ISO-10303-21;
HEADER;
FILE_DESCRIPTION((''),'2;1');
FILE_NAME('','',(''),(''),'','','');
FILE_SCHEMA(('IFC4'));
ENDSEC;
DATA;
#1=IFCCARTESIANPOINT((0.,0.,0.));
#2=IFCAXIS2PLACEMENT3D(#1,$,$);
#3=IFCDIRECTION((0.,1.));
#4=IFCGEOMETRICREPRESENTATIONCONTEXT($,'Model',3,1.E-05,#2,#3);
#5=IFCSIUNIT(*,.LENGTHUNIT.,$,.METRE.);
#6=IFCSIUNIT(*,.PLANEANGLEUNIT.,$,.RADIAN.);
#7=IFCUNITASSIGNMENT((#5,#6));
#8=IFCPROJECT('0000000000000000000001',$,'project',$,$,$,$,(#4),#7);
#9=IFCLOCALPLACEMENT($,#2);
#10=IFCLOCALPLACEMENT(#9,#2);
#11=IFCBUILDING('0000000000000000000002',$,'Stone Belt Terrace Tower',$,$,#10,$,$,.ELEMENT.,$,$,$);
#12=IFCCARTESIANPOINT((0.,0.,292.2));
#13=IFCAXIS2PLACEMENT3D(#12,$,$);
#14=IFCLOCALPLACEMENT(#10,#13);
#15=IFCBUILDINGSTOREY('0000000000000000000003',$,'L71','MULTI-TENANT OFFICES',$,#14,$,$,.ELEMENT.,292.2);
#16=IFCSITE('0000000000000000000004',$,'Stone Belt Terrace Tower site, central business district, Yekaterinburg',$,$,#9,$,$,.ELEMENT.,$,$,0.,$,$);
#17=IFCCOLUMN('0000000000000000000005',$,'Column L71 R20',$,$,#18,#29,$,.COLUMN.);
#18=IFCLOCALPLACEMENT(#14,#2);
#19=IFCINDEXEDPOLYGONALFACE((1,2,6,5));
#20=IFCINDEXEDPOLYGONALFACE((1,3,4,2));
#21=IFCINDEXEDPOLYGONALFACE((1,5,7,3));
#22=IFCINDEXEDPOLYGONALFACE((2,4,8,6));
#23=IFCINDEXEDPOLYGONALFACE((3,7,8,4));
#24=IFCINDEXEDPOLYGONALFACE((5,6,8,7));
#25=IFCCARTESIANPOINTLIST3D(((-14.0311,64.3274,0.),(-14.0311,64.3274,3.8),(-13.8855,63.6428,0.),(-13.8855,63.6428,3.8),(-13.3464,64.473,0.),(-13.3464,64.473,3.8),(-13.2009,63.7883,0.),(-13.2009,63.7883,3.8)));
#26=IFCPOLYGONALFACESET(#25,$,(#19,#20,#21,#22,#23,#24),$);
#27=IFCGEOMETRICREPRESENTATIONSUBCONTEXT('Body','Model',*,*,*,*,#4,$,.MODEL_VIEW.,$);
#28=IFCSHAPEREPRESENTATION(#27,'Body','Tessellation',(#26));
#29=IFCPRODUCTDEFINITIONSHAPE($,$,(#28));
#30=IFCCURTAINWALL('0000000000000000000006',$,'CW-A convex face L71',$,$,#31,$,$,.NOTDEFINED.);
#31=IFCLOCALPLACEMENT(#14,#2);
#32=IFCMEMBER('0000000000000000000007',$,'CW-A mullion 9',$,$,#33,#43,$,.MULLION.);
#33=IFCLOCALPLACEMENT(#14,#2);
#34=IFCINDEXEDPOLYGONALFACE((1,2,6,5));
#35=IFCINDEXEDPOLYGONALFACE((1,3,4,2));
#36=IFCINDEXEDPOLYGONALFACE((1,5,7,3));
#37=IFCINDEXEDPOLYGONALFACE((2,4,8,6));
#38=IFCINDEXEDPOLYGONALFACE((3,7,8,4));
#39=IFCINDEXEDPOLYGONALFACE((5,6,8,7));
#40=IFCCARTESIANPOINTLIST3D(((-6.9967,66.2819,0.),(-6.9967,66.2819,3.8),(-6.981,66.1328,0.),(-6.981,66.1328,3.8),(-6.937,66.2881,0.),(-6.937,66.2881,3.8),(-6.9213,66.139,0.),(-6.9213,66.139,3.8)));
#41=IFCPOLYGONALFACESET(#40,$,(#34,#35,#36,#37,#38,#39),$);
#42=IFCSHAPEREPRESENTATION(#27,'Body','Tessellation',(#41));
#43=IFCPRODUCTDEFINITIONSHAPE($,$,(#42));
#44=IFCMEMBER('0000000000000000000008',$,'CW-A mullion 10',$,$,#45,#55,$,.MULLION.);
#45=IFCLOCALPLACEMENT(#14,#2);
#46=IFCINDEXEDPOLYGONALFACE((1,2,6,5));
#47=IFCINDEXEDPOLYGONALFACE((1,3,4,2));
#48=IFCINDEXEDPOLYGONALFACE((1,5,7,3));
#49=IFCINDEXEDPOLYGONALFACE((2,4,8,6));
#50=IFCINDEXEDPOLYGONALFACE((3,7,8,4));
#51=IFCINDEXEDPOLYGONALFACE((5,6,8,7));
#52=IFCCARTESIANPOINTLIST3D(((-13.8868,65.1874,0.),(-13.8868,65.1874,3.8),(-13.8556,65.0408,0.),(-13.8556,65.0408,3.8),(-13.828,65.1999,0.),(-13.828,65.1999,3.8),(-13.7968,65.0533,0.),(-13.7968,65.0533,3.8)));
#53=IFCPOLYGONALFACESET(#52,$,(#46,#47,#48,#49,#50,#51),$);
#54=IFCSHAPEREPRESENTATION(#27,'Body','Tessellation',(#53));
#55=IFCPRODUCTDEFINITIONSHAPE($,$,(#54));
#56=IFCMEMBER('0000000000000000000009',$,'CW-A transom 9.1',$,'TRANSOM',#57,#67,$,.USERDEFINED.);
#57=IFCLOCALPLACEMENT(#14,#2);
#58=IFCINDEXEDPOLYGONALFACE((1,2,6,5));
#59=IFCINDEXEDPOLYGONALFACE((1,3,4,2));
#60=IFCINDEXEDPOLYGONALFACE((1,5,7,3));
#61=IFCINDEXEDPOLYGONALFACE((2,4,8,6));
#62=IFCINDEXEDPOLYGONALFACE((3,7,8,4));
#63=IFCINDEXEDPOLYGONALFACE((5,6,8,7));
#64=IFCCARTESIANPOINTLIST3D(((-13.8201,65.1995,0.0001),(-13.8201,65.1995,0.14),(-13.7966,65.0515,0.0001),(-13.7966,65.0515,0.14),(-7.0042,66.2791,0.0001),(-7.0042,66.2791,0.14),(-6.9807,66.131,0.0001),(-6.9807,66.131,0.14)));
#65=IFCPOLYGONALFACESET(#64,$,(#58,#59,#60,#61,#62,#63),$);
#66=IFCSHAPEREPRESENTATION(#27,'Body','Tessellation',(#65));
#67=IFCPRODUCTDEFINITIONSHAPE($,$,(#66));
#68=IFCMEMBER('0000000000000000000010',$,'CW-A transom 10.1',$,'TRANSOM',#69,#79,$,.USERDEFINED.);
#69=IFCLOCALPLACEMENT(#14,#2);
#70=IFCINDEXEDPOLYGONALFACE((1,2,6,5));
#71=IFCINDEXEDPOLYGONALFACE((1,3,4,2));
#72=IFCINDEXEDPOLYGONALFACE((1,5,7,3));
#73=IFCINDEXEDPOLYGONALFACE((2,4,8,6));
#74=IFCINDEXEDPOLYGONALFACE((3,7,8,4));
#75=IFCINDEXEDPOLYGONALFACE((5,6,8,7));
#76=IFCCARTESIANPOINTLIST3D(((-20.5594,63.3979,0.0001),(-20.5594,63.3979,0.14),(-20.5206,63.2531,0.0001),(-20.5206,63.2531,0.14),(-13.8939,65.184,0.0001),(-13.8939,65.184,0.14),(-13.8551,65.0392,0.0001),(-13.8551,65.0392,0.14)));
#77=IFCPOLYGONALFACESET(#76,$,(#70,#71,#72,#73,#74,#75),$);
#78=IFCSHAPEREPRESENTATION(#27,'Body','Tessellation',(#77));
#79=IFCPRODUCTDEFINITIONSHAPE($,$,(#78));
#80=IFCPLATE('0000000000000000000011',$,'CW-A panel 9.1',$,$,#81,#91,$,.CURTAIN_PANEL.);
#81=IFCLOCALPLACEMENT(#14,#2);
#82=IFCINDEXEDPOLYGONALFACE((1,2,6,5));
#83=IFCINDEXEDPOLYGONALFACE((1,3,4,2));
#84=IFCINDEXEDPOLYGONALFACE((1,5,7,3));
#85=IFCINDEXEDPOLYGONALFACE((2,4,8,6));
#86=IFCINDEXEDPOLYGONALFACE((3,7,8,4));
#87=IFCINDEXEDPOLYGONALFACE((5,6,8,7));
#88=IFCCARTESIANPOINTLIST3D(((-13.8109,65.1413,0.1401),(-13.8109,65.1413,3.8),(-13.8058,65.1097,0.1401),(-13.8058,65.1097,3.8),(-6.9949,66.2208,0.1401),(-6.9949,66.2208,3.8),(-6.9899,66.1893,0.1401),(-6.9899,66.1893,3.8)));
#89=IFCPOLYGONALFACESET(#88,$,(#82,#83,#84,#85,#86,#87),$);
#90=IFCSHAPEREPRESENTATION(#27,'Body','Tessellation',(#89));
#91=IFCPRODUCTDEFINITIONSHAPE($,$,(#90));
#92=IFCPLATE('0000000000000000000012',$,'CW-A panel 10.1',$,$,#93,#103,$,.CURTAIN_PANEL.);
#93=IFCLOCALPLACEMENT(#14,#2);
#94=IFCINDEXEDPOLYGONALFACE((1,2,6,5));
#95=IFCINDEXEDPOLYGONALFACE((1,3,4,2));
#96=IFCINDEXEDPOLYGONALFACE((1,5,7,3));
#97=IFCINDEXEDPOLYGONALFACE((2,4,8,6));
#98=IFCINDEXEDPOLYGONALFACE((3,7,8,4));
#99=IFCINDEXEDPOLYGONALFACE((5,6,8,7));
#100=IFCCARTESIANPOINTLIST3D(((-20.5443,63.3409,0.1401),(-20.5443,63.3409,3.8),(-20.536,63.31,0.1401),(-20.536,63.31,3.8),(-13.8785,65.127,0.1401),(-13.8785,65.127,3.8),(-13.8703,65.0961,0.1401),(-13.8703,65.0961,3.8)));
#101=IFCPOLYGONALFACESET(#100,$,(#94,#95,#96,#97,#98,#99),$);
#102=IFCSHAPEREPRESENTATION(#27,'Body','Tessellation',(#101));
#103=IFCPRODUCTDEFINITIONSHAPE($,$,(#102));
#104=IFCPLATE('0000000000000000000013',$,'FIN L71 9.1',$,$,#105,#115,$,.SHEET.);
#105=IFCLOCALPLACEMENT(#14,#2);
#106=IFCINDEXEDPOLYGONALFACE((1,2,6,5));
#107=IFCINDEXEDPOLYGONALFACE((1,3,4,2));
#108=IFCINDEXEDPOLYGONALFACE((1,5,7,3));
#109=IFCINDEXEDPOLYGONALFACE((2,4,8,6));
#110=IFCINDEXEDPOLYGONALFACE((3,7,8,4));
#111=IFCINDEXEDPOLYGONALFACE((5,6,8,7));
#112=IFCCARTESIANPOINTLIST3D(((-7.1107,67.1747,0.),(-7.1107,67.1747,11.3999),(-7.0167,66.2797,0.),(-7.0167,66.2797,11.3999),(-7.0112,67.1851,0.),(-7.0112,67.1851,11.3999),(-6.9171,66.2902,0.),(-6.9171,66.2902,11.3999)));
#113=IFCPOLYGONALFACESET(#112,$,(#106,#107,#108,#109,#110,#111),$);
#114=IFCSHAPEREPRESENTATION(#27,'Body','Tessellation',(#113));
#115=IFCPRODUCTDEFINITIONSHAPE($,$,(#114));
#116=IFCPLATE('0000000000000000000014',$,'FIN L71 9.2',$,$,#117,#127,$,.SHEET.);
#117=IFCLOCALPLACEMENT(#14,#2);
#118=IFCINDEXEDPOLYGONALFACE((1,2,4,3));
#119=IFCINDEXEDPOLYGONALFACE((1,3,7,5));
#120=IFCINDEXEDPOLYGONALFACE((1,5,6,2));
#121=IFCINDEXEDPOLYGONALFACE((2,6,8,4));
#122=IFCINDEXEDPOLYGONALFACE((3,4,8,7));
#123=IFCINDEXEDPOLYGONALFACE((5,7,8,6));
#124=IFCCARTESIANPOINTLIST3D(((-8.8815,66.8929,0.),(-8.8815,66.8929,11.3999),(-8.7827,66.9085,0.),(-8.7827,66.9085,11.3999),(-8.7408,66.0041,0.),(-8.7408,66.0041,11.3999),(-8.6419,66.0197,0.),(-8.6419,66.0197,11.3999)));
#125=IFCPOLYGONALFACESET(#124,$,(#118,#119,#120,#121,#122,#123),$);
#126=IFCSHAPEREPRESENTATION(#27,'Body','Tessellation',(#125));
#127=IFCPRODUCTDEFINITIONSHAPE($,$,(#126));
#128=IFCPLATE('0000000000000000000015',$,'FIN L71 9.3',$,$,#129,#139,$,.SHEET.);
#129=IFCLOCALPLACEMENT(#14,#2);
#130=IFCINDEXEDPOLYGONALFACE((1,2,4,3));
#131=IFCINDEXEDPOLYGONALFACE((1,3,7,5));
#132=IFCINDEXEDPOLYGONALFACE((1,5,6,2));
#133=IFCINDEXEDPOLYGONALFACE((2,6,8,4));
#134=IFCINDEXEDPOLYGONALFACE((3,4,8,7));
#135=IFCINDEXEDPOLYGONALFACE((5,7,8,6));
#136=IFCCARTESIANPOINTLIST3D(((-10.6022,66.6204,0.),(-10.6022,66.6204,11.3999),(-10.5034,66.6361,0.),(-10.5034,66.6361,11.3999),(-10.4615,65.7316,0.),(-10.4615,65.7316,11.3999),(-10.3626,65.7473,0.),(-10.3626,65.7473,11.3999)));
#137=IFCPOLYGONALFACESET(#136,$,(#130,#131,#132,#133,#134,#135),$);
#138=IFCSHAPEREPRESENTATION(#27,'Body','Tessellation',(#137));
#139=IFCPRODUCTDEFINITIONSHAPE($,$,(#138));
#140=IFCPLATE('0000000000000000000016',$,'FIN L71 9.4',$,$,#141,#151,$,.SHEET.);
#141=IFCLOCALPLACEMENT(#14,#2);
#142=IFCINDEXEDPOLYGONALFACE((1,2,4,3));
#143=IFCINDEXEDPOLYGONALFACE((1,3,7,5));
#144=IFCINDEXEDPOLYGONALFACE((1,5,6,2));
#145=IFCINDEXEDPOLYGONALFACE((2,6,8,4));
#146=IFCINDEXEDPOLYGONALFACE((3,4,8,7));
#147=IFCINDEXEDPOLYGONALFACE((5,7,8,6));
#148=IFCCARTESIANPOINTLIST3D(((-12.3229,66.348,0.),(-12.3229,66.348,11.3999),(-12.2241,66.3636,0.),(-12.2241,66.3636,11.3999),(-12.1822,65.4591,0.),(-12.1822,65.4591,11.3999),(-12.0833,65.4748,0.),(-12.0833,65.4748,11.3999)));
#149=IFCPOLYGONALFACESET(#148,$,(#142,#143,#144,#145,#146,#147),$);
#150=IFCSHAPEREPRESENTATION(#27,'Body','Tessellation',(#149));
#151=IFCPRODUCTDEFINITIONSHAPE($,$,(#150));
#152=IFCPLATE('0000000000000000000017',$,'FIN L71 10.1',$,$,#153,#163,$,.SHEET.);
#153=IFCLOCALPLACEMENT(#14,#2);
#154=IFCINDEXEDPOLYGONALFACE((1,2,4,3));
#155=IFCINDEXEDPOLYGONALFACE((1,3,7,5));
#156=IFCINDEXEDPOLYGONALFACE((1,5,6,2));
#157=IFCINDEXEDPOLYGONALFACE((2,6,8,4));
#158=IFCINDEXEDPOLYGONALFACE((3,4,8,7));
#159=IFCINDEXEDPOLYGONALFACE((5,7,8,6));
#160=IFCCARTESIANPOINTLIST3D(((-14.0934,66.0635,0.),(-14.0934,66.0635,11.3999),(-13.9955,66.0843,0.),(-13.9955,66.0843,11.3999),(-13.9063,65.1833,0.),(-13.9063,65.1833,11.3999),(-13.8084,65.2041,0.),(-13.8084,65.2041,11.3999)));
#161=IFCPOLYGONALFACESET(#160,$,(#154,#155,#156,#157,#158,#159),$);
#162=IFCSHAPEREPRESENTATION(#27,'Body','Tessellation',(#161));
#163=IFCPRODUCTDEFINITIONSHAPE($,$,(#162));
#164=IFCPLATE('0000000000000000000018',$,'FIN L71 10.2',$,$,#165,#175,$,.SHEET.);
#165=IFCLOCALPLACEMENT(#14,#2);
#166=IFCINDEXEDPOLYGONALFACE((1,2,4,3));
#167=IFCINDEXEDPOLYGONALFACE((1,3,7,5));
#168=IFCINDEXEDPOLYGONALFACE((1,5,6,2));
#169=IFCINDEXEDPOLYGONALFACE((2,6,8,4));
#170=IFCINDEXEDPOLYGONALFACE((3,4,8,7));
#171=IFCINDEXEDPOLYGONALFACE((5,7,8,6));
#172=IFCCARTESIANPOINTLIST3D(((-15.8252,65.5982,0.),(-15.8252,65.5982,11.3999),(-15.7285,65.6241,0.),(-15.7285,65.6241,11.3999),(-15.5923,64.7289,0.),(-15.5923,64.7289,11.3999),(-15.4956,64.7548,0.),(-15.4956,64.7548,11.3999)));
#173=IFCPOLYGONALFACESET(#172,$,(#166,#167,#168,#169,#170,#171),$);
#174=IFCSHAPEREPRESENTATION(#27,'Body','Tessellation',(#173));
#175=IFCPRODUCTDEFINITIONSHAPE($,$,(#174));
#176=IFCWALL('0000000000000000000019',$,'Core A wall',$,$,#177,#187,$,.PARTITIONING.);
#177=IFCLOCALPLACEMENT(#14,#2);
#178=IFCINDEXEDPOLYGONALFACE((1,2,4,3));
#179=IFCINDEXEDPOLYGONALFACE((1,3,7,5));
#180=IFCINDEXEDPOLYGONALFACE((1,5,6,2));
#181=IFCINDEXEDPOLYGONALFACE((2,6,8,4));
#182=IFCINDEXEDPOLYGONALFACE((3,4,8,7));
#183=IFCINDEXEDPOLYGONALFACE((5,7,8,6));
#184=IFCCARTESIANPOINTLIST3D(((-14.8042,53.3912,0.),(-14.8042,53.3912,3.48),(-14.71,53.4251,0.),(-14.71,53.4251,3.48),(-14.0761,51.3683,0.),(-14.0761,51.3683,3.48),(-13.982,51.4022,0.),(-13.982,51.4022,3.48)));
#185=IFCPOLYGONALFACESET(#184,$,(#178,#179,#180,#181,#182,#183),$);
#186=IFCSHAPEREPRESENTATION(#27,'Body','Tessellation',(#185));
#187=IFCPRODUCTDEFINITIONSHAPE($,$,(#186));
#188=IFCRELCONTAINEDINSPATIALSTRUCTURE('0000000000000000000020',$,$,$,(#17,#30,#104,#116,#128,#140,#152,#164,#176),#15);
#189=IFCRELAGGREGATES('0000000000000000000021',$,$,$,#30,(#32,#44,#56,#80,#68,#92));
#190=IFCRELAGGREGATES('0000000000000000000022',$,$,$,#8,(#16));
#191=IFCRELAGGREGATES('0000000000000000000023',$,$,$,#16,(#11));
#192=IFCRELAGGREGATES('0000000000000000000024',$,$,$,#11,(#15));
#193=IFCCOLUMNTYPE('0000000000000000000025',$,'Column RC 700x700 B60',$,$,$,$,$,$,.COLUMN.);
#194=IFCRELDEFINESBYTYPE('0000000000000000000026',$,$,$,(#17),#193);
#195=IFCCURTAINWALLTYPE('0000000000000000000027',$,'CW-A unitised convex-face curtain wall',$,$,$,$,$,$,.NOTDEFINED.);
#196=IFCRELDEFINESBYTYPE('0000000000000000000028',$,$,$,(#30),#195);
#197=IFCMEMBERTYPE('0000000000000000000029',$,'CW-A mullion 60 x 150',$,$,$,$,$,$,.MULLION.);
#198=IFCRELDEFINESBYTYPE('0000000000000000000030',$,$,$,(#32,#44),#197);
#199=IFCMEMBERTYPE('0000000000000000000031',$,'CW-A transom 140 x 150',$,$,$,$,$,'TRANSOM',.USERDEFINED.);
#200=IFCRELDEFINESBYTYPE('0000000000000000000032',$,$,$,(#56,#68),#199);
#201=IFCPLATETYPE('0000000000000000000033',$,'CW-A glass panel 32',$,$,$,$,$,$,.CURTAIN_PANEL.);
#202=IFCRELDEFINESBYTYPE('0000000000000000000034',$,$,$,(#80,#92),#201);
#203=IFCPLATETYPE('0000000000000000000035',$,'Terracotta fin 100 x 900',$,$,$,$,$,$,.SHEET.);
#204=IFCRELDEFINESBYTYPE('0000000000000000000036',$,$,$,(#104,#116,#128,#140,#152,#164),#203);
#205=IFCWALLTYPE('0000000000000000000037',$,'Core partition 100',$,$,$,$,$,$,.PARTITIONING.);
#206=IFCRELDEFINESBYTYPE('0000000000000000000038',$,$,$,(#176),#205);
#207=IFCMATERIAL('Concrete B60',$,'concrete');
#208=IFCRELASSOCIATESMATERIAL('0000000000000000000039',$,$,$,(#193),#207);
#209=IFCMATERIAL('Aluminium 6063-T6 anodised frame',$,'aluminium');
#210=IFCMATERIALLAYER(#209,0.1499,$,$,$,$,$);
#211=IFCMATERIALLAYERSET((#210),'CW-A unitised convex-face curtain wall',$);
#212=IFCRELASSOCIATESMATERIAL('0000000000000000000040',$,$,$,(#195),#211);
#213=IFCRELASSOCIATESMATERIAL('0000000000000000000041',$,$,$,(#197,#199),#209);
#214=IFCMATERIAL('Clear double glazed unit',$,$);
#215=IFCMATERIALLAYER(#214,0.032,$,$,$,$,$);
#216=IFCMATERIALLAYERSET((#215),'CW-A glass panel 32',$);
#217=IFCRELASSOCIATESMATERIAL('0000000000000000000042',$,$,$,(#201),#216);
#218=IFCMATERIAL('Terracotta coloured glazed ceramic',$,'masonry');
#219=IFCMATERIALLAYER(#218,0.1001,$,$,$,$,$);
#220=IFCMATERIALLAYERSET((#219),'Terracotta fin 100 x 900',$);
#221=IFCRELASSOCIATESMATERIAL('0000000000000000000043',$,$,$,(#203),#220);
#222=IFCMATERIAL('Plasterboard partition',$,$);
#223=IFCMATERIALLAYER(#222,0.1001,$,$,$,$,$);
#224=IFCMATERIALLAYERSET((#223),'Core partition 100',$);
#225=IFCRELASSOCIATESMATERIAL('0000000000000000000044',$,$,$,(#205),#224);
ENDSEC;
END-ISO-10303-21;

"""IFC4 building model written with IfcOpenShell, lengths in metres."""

from ifc_helpers import new_model, si_unit, direction, frame, frame_2d, origin, origin_2d, place, context, subcontext, project, spatial, rectangle, extrude, material, layer, layer_set, material_profile, profile_set, type_object, element, aggregate, save


model = new_model("IFC4")

# Units and contexts
model_context = context("Model", 3, precision=1e-05, world=origin(), true_north=direction((0.0, 1.0)))
body_context = subcontext(model_context, "Body", "Model", "MODEL_VIEW")
ifc_project = project(units=[si_unit("LENGTHUNIT", "METRE"), si_unit("PLANEANGLEUNIT", "RADIAN")], contexts=[model_context])

# Site, building, storey
site_placement = place(None, origin())
site = spatial("IfcSite", under=ifc_project, at=site_placement, Name="Stone Belt Terrace Tower site, central business district, Yekaterinburg", CompositionType="ELEMENT", RefElevation=0.0)
building_placement = place(site_placement, origin())
building = spatial("IfcBuilding", under=site, at=building_placement, Name="Stone Belt Terrace Tower", CompositionType="ELEMENT")
storey_placement = place(building_placement, frame((0.0, 0.0, 292.2)))
storey = spatial("IfcBuildingStorey", under=building, at=storey_placement, Name="L71", Description="MULTI-TENANT OFFICES", CompositionType="ELEMENT", Elevation=292.2)

# Column
ifc_material_1 = material(Name="Concrete B60", Category="concrete")
ifc_material_profile_1 = material_profile(ifc_material_1, rectangle(XDim=0.7, YDim=0.7, at=origin_2d()), Name="RC 700x700")
ifc_profile_set_1 = profile_set([ifc_material_profile_1], Name="Concrete B60")
column_type = type_object("IfcColumnType", Name="Column RC 700x700 B60", PredefinedType="COLUMN", material=ifc_profile_set_1)
column_placement = place(storey_placement, frame((-13.616, 64.0579, 0.0), z_axis=(0.0, 0.0, 1.0), x_axis=(0.978148, 0.207912, 0.0)))
element("IfcColumn", 1, at=column_placement, inside=storey, type_object=column_type, Name="Column L71 R20", PredefinedType="COLUMN", context=body_context, shape_type="SweptSolid", body=[
    extrude(rectangle(XDim=0.7, YDim=0.7, at=origin_2d()), origin(), (0.0, 0.0, 1.0), 3.8),
])

# Curtain wall, members, plates
ifc_material_2 = material(Name="Aluminium 6063-T6 anodised frame", Category="aluminium")
ifc_layer_1 = layer(ifc_material_2, 0.1499)
ifc_layer_set_1 = layer_set([ifc_layer_1], Name="CW-A unitised convex-face curtain wall")
curtain_wall_type = type_object("IfcCurtainWallType", Name="CW-A unitised convex-face curtain wall", PredefinedType="NOTDEFINED", material=ifc_layer_set_1)
curtain_wall_placement = place(storey_placement, origin())
curtain_wall = element("IfcCurtainWall", 2, at=curtain_wall_placement, inside=storey, type_object=curtain_wall_type, Name="CW-A convex face L71", PredefinedType="NOTDEFINED")
ifc_material_profile_2 = material_profile(ifc_material_2, rectangle(XDim=0.1499, YDim=0.0601, at=origin_2d()), Name="Aluminium 6063-T6 60x150")
ifc_profile_set_2 = profile_set([ifc_material_profile_2], Name="Aluminium 6063-T6 anodised frame")
member_type_1 = type_object("IfcMemberType", Name="CW-A mullion 60 x 150", PredefinedType="MULLION", material=ifc_profile_set_2)
member_1_placement = place(storey_placement, frame((-6.959, 66.2104, 0.0), z_axis=(0.0, 0.0, 1.0), x_axis=(0.104528, -0.994522, 0.0)))
member_1 = element("IfcMember", 3, at=member_1_placement, type_object=member_type_1, Name="CW-A mullion 9", PredefinedType="MULLION", context=body_context, shape_type="SweptSolid", body=[
    extrude(rectangle(XDim=0.1499, YDim=0.0601, at=origin_2d()), origin(), (0.0, 0.0, 1.0), 3.8),
])
member_2_placement = place(storey_placement, frame((-13.8418, 65.1204, 0.0), z_axis=(0.0, 0.0, 1.0), x_axis=(0.207912, -0.978148, 0.0)))
member_2 = element("IfcMember", 4, at=member_2_placement, type_object=member_type_1, Name="CW-A mullion 10", PredefinedType="MULLION", context=body_context, shape_type="SweptSolid", body=[
    extrude(rectangle(XDim=0.1499, YDim=0.0601, at=origin_2d()), origin(), (0.0, 0.0, 1.0), 3.8),
])
ifc_material_profile_3 = material_profile(ifc_material_2, rectangle(XDim=0.1499, YDim=0.1399, at=origin_2d()), Name="Aluminium 6063-T6 150x140")
ifc_profile_set_3 = profile_set([ifc_material_profile_3], Name="Aluminium 6063-T6 anodised frame")
member_type_2 = type_object("IfcMemberType", Name="CW-A transom 140 x 150", ElementType="TRANSOM", PredefinedType="USERDEFINED", material=ifc_profile_set_3)
member_3_placement = place(storey_placement, frame((-6.9924, 66.2051, 0.0701), z_axis=(-0.987687, -0.156442, 0.0), x_axis=(0.156442, -0.987687, 0.0)))
member_3 = element("IfcMember", 5, at=member_3_placement, type_object=member_type_2, Name="CW-A transom 9.1", ObjectType="TRANSOM", PredefinedType="USERDEFINED", context=body_context, shape_type="SweptSolid", body=[
    extrude(rectangle(XDim=0.1499, YDim=0.1399, at=origin_2d()), origin(), (0.0, 0.0, 1.0), 6.9009),
])
member_4_placement = place(storey_placement, frame((-13.8745, 65.1116, 0.0701), z_axis=(-0.965922, -0.258834, 0.0), x_axis=(0.258834, -0.965922, 0.0)))
member_4 = element("IfcMember", 6, at=member_4_placement, type_object=member_type_2, Name="CW-A transom 10.1", ObjectType="TRANSOM", PredefinedType="USERDEFINED", context=body_context, shape_type="SweptSolid", body=[
    extrude(rectangle(XDim=0.1499, YDim=0.1399, at=origin_2d()), origin(), (0.0, 0.0, 1.0), 6.9006),
])
ifc_material_3 = material(Name="Clear double glazed unit")
ifc_layer_2 = layer(ifc_material_3, 0.032)
ifc_layer_set_2 = layer_set([ifc_layer_2], Name="CW-A glass panel 32")
plate_type_1 = type_object("IfcPlateType", Name="CW-A glass panel 32", PredefinedType="CURTAIN_PANEL", material=ifc_layer_set_2)
plate_1_placement = place(storey_placement, frame((-10.4004, 65.6653, 0.1401), z_axis=(0.0, 0.0, 1.0), x_axis=(-0.987688, -0.156434, 0.0)))
plate_1 = element("IfcPlate", 7, at=plate_1_placement, type_object=plate_type_1, Name="CW-A panel 9.1", PredefinedType="CURTAIN_PANEL", context=body_context, shape_type="SweptSolid", body=[
    extrude(rectangle(XDim=6.9009, YDim=0.032, at=origin_2d()), origin(), (0.0, 0.0, 1.0), 3.6599),
])
plate_2_placement = place(storey_placement, frame((-17.2073, 64.2185, 0.1401), z_axis=(0.0, 0.0, 1.0), x_axis=(-0.965926, -0.258819, 0.0)))
plate_2 = element("IfcPlate", 8, at=plate_2_placement, type_object=plate_type_1, Name="CW-A panel 10.1", PredefinedType="CURTAIN_PANEL", context=body_context, shape_type="SweptSolid", body=[
    extrude(rectangle(XDim=6.9009, YDim=0.032, at=origin_2d()), origin(), (0.0, 0.0, 1.0), 3.6599),
])
aggregate(curtain_wall, [member_1, member_2, member_3, plate_1, member_4, plate_2])

# Plates
ifc_material_4 = material(Name="Terracotta coloured glazed ceramic", Category="masonry")
ifc_layer_3 = layer(ifc_material_4, 0.1001)
ifc_layer_set_3 = layer_set([ifc_layer_3], Name="Terracotta fin 100 x 900")
plate_type_2 = type_object("IfcPlateType", Name="Terracotta fin 100 x 900", PredefinedType="SHEET", material=ifc_layer_set_3)
for number, where, z_axis, x_axis, name in (
    (9, (-7.0139, 66.7324, 0.0), (0.0, 0.0, 1.0), (-0.104528, 0.994522, 0.0), "FIN L71 9.1"),
    (10, (-8.7617, 66.4563, 0.0), (0.0, 0.0, 1.0), (-0.156434, 0.987688, 0.0), "FIN L71 9.2"),
    (11, (-10.4824, 66.1838, 0.0), (0.0, 0.0, 1.0), (-0.156434, 0.987688, 0.0), "FIN L71 9.3"),
    (12, (-12.2031, 65.9114, 0.0), (0.0, 0.0, 1.0), (-0.156434, 0.987688, 0.0), "FIN L71 9.4"),
    (13, (-13.9509, 65.6338, 0.0), (0.0, 0.0, 1.0), (-0.207912, 0.978148, 0.0), "FIN L71 10.1"),
    (14, (-15.6604, 65.1765, 0.0), (0.0, 0.0, 1.0), (-0.258819, 0.965926, 0.0), "FIN L71 10.2"),
):
    element("IfcPlate", number, at=place(storey_placement, frame(where, z_axis=z_axis, x_axis=x_axis)), inside=storey, type_object=plate_type_2, Name=name, PredefinedType="SHEET", context=body_context, shape_type="SweptSolid", body=[
        extrude(rectangle(XDim=0.8999, YDim=0.1001, at=origin_2d()), origin(), (0.0, 0.0, 1.0), 11.3999),
    ])

# Wall
ifc_material_5 = material(Name="Plasterboard partition")
ifc_layer_4 = layer(ifc_material_5, 0.1001)
ifc_layer_set_4 = layer_set([ifc_layer_4], Name="Core partition 100")
wall_type_1 = type_object("IfcWallType", Name="Core partition 100", PredefinedType="PARTITIONING", material=ifc_layer_set_4)
wall_1_placement = place(storey_placement, frame((-14.0291, 51.3853, 0.0), z_axis=(0.0, 0.0, 1.0), x_axis=(-0.338623, 0.940922, 0.0)))
element("IfcWall", 15, at=wall_1_placement, inside=storey, type_object=wall_type_1, Name="Core A wall", PredefinedType="PARTITIONING", context=body_context, shape_type="SweptSolid", body=[
    extrude(rectangle(XDim=2.1499, YDim=0.1001, at=frame_2d((1.075, 0.0))), origin(), (0.0, 0.0, 1.0), 3.48),
])

save(model, "model.ifc")
